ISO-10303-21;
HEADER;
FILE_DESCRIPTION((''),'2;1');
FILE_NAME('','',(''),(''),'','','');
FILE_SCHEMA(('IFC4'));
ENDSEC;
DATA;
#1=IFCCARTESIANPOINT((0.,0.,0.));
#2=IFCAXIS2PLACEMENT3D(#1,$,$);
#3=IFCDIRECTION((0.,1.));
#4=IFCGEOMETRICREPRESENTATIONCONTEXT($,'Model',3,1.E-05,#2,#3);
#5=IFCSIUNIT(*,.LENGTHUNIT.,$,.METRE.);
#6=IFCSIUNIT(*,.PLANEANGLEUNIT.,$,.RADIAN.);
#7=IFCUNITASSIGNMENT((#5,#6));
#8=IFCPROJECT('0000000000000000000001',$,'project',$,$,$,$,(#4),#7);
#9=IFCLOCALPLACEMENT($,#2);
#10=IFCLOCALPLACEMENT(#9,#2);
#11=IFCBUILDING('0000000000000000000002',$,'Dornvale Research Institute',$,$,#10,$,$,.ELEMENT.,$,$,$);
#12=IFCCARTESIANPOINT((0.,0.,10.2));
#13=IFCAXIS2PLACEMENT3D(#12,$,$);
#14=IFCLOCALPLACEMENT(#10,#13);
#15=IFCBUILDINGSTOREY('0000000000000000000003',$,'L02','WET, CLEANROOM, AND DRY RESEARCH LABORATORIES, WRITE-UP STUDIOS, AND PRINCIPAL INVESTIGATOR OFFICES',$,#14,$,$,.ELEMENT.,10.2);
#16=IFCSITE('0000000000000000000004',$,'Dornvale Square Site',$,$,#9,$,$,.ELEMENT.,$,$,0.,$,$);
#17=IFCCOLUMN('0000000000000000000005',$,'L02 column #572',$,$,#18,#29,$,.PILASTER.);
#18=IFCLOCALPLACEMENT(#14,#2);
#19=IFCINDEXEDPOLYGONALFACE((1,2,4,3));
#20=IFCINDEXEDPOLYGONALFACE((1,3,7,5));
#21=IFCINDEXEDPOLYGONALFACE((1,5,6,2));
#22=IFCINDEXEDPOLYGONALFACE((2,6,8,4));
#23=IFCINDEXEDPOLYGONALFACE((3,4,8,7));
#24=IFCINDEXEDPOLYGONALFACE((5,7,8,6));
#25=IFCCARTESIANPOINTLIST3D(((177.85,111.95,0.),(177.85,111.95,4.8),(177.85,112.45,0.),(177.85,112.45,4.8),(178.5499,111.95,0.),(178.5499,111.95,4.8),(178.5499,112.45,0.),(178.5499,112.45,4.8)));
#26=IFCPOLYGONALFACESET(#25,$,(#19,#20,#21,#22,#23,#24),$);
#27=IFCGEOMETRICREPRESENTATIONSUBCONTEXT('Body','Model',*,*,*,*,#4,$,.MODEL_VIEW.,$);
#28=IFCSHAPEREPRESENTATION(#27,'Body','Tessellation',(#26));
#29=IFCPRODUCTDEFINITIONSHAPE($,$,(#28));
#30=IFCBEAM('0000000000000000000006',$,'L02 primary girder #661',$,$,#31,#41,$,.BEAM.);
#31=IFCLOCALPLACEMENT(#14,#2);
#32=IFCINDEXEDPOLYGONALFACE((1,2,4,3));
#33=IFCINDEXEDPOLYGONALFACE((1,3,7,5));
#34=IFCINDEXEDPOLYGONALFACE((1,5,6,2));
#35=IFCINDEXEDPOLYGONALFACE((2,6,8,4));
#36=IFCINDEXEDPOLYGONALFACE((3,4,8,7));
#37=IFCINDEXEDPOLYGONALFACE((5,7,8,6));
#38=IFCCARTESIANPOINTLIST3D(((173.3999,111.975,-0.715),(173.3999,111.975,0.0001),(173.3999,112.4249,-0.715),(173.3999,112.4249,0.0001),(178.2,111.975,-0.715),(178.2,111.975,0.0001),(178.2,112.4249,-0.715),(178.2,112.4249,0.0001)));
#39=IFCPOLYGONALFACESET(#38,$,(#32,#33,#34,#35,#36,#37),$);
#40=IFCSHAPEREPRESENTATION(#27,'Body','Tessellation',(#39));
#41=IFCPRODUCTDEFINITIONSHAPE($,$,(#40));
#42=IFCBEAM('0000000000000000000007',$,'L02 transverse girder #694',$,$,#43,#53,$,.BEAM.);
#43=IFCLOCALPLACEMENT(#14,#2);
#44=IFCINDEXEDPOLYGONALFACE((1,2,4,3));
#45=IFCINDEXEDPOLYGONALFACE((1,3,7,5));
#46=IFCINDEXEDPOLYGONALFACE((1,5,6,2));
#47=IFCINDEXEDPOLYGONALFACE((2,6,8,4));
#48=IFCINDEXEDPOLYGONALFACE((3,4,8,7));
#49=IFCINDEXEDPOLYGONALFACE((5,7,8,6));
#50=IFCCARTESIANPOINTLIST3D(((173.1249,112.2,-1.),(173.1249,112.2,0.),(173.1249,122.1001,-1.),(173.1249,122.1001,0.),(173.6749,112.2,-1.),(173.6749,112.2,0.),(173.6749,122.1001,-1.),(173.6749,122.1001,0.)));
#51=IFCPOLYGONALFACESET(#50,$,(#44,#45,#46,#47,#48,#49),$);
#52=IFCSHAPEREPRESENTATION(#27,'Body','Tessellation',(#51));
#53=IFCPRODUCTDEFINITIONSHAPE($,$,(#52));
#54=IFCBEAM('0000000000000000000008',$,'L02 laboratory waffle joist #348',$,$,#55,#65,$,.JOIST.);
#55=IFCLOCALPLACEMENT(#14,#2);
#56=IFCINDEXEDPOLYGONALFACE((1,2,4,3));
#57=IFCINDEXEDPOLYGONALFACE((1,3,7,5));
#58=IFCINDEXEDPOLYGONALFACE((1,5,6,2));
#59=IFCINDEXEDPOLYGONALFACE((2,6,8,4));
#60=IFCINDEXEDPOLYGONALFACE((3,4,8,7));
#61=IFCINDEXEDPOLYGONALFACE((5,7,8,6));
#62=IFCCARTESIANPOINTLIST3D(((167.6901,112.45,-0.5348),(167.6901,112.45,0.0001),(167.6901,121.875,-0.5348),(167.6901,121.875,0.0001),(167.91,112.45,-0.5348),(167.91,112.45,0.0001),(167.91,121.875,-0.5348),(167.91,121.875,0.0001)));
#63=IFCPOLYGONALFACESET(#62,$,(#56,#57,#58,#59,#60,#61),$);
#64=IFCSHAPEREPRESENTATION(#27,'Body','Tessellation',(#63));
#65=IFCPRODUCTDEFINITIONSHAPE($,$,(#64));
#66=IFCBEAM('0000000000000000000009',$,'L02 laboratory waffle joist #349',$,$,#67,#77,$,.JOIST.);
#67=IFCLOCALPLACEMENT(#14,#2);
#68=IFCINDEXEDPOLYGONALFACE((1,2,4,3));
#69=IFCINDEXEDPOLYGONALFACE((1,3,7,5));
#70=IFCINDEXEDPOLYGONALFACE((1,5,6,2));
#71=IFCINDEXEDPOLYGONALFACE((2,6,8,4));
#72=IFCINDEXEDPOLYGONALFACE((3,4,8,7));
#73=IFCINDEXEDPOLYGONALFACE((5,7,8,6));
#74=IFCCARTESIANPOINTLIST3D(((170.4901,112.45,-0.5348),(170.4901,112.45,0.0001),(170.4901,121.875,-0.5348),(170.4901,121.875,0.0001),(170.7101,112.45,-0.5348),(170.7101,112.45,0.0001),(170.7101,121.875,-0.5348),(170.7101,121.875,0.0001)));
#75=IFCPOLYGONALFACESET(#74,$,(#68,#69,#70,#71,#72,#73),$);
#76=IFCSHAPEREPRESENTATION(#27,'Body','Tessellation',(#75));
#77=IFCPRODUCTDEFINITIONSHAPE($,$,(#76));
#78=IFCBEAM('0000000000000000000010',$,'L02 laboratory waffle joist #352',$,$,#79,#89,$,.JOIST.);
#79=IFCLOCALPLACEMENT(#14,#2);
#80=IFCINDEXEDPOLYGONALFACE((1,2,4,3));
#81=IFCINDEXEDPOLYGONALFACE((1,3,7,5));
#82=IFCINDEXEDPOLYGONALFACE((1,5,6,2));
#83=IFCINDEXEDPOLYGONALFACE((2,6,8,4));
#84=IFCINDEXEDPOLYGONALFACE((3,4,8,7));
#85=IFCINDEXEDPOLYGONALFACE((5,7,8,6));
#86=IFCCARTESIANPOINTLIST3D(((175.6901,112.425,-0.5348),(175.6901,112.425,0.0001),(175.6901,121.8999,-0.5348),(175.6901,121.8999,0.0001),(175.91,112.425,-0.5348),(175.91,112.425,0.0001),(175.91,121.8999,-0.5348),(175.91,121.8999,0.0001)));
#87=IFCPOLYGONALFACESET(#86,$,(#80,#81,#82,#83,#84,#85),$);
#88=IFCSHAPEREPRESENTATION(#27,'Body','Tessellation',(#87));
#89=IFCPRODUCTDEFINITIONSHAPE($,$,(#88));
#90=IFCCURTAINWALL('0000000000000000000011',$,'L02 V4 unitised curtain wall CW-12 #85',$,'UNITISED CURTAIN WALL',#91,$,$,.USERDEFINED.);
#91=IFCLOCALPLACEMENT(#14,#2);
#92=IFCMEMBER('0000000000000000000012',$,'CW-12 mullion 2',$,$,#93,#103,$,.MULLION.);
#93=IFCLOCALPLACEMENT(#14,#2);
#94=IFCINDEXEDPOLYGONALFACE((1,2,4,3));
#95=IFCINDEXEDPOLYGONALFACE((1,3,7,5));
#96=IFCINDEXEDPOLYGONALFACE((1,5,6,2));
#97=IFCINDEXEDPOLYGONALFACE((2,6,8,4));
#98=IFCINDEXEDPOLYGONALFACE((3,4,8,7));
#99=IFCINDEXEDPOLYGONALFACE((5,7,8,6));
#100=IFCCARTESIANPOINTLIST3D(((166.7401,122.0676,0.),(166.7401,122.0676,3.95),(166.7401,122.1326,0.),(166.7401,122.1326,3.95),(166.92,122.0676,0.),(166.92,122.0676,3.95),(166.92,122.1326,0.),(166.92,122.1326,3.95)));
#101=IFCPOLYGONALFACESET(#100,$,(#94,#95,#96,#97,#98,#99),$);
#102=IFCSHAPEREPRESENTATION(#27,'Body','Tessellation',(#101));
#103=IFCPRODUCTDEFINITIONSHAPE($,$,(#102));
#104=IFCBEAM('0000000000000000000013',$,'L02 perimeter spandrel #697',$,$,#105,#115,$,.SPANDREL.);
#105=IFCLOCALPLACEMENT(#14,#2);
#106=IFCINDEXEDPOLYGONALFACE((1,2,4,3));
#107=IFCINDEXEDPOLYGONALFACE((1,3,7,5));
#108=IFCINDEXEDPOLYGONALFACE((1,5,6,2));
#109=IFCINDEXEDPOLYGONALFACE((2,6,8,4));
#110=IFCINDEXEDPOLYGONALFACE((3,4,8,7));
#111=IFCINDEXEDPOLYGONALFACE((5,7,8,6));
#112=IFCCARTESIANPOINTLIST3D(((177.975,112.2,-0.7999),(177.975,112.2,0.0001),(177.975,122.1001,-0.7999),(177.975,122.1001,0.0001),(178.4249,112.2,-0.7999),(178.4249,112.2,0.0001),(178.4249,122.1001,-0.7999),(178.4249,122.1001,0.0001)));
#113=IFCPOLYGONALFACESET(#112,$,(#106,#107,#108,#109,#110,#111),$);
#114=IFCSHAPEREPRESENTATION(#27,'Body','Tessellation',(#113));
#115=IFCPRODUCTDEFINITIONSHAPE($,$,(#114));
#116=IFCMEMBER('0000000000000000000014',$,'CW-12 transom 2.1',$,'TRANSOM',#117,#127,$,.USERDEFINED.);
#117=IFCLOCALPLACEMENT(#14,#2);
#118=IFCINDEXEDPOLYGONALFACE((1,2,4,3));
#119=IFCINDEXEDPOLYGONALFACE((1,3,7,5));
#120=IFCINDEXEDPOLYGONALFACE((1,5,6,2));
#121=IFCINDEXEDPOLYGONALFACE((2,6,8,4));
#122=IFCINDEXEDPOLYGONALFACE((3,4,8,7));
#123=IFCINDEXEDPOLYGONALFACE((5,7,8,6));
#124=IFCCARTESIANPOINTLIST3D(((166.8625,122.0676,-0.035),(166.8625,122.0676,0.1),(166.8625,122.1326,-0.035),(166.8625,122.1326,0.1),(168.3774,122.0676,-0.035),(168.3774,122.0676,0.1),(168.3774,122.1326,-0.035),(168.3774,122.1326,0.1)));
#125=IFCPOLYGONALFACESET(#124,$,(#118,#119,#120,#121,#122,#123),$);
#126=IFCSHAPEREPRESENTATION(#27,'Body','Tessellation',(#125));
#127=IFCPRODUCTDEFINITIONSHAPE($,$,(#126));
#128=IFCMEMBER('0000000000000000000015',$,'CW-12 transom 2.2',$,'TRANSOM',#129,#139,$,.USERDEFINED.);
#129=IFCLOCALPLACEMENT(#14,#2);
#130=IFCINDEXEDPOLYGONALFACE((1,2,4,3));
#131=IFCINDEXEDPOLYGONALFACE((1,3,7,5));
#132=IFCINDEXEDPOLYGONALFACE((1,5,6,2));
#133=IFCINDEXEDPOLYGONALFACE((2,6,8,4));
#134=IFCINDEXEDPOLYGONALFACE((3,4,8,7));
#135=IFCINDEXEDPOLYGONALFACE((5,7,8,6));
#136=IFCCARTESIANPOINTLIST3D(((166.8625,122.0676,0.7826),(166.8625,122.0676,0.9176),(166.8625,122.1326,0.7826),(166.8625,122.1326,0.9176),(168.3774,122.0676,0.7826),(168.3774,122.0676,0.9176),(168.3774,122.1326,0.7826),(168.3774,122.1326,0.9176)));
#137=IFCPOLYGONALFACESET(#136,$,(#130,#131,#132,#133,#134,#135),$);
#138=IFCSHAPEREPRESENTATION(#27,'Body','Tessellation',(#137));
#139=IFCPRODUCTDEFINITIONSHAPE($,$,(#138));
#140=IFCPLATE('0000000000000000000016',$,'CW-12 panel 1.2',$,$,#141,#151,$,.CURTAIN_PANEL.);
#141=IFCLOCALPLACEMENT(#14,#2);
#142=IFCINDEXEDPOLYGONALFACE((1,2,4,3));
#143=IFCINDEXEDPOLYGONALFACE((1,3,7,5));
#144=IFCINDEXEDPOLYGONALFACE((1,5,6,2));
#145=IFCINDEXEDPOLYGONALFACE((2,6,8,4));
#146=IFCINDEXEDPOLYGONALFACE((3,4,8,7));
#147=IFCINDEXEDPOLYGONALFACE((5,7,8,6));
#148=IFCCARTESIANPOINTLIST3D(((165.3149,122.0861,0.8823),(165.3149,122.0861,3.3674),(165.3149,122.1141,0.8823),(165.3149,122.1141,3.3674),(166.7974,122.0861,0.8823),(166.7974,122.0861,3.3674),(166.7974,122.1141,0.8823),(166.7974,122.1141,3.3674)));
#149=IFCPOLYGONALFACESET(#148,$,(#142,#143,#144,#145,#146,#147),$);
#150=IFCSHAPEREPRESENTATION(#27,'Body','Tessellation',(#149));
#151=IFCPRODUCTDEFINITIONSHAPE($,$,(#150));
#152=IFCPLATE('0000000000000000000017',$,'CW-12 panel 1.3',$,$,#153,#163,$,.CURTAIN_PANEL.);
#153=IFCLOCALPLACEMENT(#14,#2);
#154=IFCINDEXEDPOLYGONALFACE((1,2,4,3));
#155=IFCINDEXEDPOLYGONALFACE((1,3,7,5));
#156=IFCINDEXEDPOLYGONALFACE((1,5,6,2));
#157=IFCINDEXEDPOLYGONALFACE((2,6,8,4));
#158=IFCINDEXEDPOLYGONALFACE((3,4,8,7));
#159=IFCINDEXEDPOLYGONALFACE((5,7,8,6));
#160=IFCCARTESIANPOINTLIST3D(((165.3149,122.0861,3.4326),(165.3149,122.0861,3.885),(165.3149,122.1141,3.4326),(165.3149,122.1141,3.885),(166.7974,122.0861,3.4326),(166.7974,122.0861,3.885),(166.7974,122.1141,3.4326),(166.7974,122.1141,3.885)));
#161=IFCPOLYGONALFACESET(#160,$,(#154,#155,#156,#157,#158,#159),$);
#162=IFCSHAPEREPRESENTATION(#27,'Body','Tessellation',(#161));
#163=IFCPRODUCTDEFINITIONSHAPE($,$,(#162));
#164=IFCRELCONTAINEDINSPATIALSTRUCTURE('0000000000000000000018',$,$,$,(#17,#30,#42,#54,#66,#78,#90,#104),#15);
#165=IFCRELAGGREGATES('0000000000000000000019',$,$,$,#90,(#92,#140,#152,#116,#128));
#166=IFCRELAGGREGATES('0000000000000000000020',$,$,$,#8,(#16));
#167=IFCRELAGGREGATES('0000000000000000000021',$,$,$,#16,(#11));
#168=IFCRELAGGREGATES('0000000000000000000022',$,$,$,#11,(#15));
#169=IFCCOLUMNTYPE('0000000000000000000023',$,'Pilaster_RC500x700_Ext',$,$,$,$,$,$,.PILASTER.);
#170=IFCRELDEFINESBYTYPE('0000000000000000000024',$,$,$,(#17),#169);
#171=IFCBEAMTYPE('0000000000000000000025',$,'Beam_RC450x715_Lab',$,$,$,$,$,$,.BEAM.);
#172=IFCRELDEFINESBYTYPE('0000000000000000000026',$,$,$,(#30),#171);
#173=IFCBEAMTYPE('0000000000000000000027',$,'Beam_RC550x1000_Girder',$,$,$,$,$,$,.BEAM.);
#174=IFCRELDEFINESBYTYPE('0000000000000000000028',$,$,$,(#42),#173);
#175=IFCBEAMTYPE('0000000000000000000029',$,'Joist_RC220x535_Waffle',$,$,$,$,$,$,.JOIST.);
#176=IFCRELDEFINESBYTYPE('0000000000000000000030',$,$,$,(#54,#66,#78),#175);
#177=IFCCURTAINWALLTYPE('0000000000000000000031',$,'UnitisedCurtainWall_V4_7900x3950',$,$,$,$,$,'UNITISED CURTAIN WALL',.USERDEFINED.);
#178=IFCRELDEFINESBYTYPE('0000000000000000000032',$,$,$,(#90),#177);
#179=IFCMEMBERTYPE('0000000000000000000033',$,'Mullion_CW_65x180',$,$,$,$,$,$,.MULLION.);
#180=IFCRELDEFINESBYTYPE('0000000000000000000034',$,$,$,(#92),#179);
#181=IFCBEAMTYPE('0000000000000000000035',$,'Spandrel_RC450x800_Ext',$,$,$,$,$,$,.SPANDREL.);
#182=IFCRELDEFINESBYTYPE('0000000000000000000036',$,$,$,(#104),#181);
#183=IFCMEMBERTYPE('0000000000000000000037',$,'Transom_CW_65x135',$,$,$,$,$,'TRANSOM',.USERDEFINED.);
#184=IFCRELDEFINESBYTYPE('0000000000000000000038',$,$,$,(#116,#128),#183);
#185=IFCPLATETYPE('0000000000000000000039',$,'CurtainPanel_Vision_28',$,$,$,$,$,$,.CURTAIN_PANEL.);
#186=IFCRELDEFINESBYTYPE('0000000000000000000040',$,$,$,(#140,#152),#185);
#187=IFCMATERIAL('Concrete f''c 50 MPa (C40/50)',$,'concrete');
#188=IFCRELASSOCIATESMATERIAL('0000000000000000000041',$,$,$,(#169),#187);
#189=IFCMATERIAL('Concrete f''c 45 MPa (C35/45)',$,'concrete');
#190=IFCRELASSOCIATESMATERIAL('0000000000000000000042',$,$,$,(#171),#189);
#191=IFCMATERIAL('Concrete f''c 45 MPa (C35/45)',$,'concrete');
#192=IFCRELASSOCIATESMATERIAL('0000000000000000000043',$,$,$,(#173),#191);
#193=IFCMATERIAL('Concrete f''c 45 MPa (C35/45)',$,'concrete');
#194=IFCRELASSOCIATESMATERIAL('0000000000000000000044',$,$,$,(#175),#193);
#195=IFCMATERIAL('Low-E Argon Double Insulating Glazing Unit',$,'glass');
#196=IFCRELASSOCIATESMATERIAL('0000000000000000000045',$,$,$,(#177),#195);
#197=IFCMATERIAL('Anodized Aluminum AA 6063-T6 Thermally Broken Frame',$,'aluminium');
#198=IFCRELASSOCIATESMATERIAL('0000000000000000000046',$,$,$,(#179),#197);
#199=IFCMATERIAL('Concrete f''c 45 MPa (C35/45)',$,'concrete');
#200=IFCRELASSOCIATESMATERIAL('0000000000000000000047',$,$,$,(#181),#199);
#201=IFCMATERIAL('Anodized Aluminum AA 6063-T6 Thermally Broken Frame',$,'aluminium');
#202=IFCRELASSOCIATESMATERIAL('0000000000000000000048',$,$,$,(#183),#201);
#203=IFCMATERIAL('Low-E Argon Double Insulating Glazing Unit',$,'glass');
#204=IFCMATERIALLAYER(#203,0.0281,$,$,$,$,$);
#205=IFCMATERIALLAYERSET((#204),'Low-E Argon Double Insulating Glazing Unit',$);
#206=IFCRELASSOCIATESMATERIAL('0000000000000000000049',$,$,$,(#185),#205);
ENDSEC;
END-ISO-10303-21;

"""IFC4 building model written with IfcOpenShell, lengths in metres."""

from ifc_helpers import new_model, si_unit, direction, frame, origin, origin_2d, place, context, subcontext, project, spatial, rectangle, extrude, material, layer, layer_set, material_profile, profile_set, type_object, element, aggregate, save


model = new_model("IFC4")

# Units and contexts
model_context = context("Model", 3, precision=1e-05, world=origin(), true_north=direction((0.0, 1.0)))
body_context = subcontext(model_context, "Body", "Model", "MODEL_VIEW")
ifc_project = project(units=[si_unit("LENGTHUNIT", "METRE"), si_unit("PLANEANGLEUNIT", "RADIAN")], contexts=[model_context])

# Site, building, storey
site_placement = place(None, origin())
site = spatial("IfcSite", under=ifc_project, at=site_placement, Name="Dornvale Square Site", CompositionType="ELEMENT", RefElevation=0.0)
building_placement = place(site_placement, origin())
building = spatial("IfcBuilding", under=site, at=building_placement, Name="Dornvale Research Institute", CompositionType="ELEMENT")
storey_placement = place(building_placement, frame((0.0, 0.0, 10.2)))
storey = spatial("IfcBuildingStorey", under=building, at=storey_placement, Name="L02", Description="WET, CLEANROOM, AND DRY RESEARCH LABORATORIES, WRITE-UP STUDIOS, AND PRINCIPAL INVESTIGATOR OFFICES", CompositionType="ELEMENT", Elevation=10.2)

# Column
ifc_material_1 = material(Name="Concrete f'c 50 MPa (C40/50)", Category="concrete")
ifc_material_profile_1 = material_profile(ifc_material_1, rectangle(XDim=0.5, YDim=0.7, at=origin_2d()), Name="RC 500x700")
ifc_profile_set_1 = profile_set([ifc_material_profile_1], Name="Concrete f'c 50 MPa (C40/50)")
column_type = type_object("IfcColumnType", Name="Pilaster_RC500x700_Ext", PredefinedType="PILASTER", material=ifc_profile_set_1)
column_placement = place(storey_placement, frame((178.2, 112.2, 0.0), z_axis=(0.0, 0.0, 1.0), x_axis=(0.0, 1.0, 0.0)))
element("IfcColumn", 1, at=column_placement, inside=storey, type_object=column_type, Name="L02 column #572", PredefinedType="PILASTER", context=body_context, shape_type="SweptSolid", body=[
    extrude(rectangle(XDim=0.5, YDim=0.7, at=origin_2d()), origin(), (0.0, 0.0, 1.0), 4.8),
])

# Beams
ifc_material_2 = material(Name="Concrete f'c 45 MPa (C35/45)", Category="concrete")
ifc_material_profile_2 = material_profile(ifc_material_2, rectangle(XDim=0.45, YDim=0.7151, at=origin_2d()), Name="RC 450x715")
ifc_profile_set_2 = profile_set([ifc_material_profile_2], Name="Concrete f'c 45 MPa (C35/45)")
beam_type_1 = type_object("IfcBeamType", Name="Beam_RC450x715_Lab", PredefinedType="BEAM", material=ifc_profile_set_2)
beam_1_placement = place(storey_placement, frame((173.3999, 112.2, -0.3574), z_axis=(1.0, 0.0, 0.0), x_axis=(0.0, 1.0, 0.0)))
element("IfcBeam", 2, at=beam_1_placement, inside=storey, type_object=beam_type_1, Name="L02 primary girder #661", PredefinedType="BEAM", context=body_context, shape_type="SweptSolid", body=[
    extrude(rectangle(XDim=0.45, YDim=0.7151, at=origin_2d()), origin(), (0.0, 0.0, 1.0), 4.8),
])
ifc_material_3 = material(Name="Concrete f'c 45 MPa (C35/45)", Category="concrete")
ifc_material_profile_3 = material_profile(ifc_material_3, rectangle(XDim=0.55, YDim=1.0, at=origin_2d()), Name="RC 550x1000")
ifc_profile_set_3 = profile_set([ifc_material_profile_3], Name="Concrete f'c 45 MPa (C35/45)")
beam_type_2 = type_object("IfcBeamType", Name="Beam_RC550x1000_Girder", PredefinedType="BEAM", material=ifc_profile_set_3)
beam_2_placement = place(storey_placement, frame((173.3999, 112.2, -0.5), z_axis=(0.0, 1.0, 0.0), x_axis=(-1.0, 0.0, 0.0)))
element("IfcBeam", 3, at=beam_2_placement, inside=storey, type_object=beam_type_2, Name="L02 transverse girder #694", PredefinedType="BEAM", context=body_context, shape_type="SweptSolid", body=[
    extrude(rectangle(XDim=0.55, YDim=1.0, at=origin_2d()), origin(), (0.0, 0.0, 1.0), 9.9001),
])
ifc_material_4 = material(Name="Concrete f'c 45 MPa (C35/45)", Category="concrete")
ifc_material_profile_4 = material_profile(ifc_material_4, rectangle(XDim=0.22, YDim=0.5349, at=origin_2d()), Name="RC 220x535")
ifc_profile_set_4 = profile_set([ifc_material_profile_4], Name="Concrete f'c 45 MPa (C35/45)")
beam_type_3 = type_object("IfcBeamType", Name="Joist_RC220x535_Waffle", PredefinedType="JOIST", material=ifc_profile_set_4)
for number, where, z_axis, x_axis, name in (
    (4, (167.8, 112.45, -0.2673), (0.0, 1.0, 0.0), (-1.0, 0.0, 0.0), "L02 laboratory waffle joist #348"),
    (5, (170.6001, 112.45, -0.2673), (0.0, 1.0, 0.0), (-1.0, 0.0, 0.0), "L02 laboratory waffle joist #349"),
):
    element("IfcBeam", number, at=place(storey_placement, frame(where, z_axis=z_axis, x_axis=x_axis)), inside=storey, type_object=beam_type_3, Name=name, PredefinedType="JOIST", context=body_context, shape_type="SweptSolid", body=[
        extrude(rectangle(XDim=0.22, YDim=0.5349, at=origin_2d()), origin(), (0.0, 0.0, 1.0), 9.425),
    ])
beam_3_placement = place(storey_placement, frame((175.8, 112.425, -0.2673), z_axis=(0.0, 1.0, 0.0), x_axis=(-1.0, 0.0, 0.0)))
element("IfcBeam", 6, at=beam_3_placement, inside=storey, type_object=beam_type_3, Name="L02 laboratory waffle joist #352", PredefinedType="JOIST", context=body_context, shape_type="SweptSolid", body=[
    extrude(rectangle(XDim=0.22, YDim=0.5349, at=origin_2d()), origin(), (0.0, 0.0, 1.0), 9.4749),
])

# Curtain wall, member
ifc_material_5 = material(Name="Low-E Argon Double Insulating Glazing Unit", Category="glass")
curtain_wall_type = type_object("IfcCurtainWallType", Name="UnitisedCurtainWall_V4_7900x3950", ElementType="UNITISED CURTAIN WALL", PredefinedType="USERDEFINED", material=ifc_material_5)
curtain_wall_placement = place(storey_placement, origin())
curtain_wall = element("IfcCurtainWall", 7, at=curtain_wall_placement, inside=storey, type_object=curtain_wall_type, Name="L02 V4 unitised curtain wall CW-12 #85", ObjectType="UNITISED CURTAIN WALL", PredefinedType="USERDEFINED")
ifc_material_6 = material(Name="Anodized Aluminum AA 6063-T6 Thermally Broken Frame", Category="aluminium")
ifc_material_profile_5 = material_profile(ifc_material_6, rectangle(XDim=0.0649, YDim=0.1799, at=origin_2d()), Name="ALU MULLION 65x180")
ifc_profile_set_5 = profile_set([ifc_material_profile_5], Name="Anodized Aluminum AA 6063-T6 Thermally Broken Frame")
member_type_1 = type_object("IfcMemberType", Name="Mullion_CW_65x180", PredefinedType="MULLION", material=ifc_profile_set_5)
member_1_placement = place(storey_placement, frame((166.8301, 122.1001, 0.0), z_axis=(0.0, 0.0, 1.0), x_axis=(0.0, 1.0, 0.0)))
member_1 = element("IfcMember", 8, at=member_1_placement, type_object=member_type_1, Name="CW-12 mullion 2", PredefinedType="MULLION", context=body_context, shape_type="SweptSolid", body=[
    extrude(rectangle(XDim=0.0649, YDim=0.1799, at=origin_2d()), origin(), (0.0, 0.0, 1.0), 3.95),
])

# Beam
ifc_material_7 = material(Name="Concrete f'c 45 MPa (C35/45)", Category="concrete")
ifc_material_profile_6 = material_profile(ifc_material_7, rectangle(XDim=0.45, YDim=0.8, at=origin_2d()), Name="RC 450x800")
ifc_profile_set_6 = profile_set([ifc_material_profile_6], Name="Concrete f'c 45 MPa (C35/45)")
beam_type_4 = type_object("IfcBeamType", Name="Spandrel_RC450x800_Ext", PredefinedType="SPANDREL", material=ifc_profile_set_6)
beam_4_placement = place(storey_placement, frame((178.2, 112.2, -0.3999), z_axis=(0.0, 1.0, 0.0), x_axis=(-1.0, 0.0, 0.0)))
element("IfcBeam", 9, at=beam_4_placement, inside=storey, type_object=beam_type_4, Name="L02 perimeter spandrel #697", PredefinedType="SPANDREL", context=body_context, shape_type="SweptSolid", body=[
    extrude(rectangle(XDim=0.45, YDim=0.8, at=origin_2d()), origin(), (0.0, 0.0, 1.0), 9.9001),
])

# Members
ifc_material_8 = material(Name="Anodized Aluminum AA 6063-T6 Thermally Broken Frame", Category="aluminium")
ifc_material_profile_7 = material_profile(ifc_material_8, rectangle(XDim=0.0649, YDim=0.135, at=origin_2d()), Name="ALU TRANSOM 65x135")
ifc_profile_set_7 = profile_set([ifc_material_profile_7], Name="Anodized Aluminum AA 6063-T6 Thermally Broken Frame")
member_type_2 = type_object("IfcMemberType", Name="Transom_CW_65x135", ElementType="TRANSOM", PredefinedType="USERDEFINED", material=ifc_profile_set_7)
member_2_placement = place(storey_placement, frame((166.8625, 122.1001, 0.0325), z_axis=(1.0, 0.0, 0.0), x_axis=(0.0, 1.0, 0.0)))
member_2 = element("IfcMember", 10, at=member_2_placement, type_object=member_type_2, Name="CW-12 transom 2.1", ObjectType="TRANSOM", PredefinedType="USERDEFINED", context=body_context, shape_type="SweptSolid", body=[
    extrude(rectangle(XDim=0.0649, YDim=0.135, at=origin_2d()), origin(), (0.0, 0.0, 1.0), 1.5149),
])
member_3_placement = place(storey_placement, frame((166.8625, 122.1001, 0.8501), z_axis=(1.0, 0.0, 0.0), x_axis=(0.0, 1.0, 0.0)))
member_3 = element("IfcMember", 11, at=member_3_placement, type_object=member_type_2, Name="CW-12 transom 2.2", ObjectType="TRANSOM", PredefinedType="USERDEFINED", context=body_context, shape_type="SweptSolid", body=[
    extrude(rectangle(XDim=0.0649, YDim=0.135, at=origin_2d()), origin(), (0.0, 0.0, 1.0), 1.5149),
])

# Plates
ifc_material_9 = material(Name="Low-E Argon Double Insulating Glazing Unit", Category="glass")
ifc_layer_1 = layer(ifc_material_9, 0.0281)
ifc_layer_set_1 = layer_set([ifc_layer_1], Name="Low-E Argon Double Insulating Glazing Unit")
plate_type = type_object("IfcPlateType", Name="CurtainPanel_Vision_28", PredefinedType="CURTAIN_PANEL", material=ifc_layer_set_1)
plate_1_placement = place(storey_placement, frame((166.0562, 122.1001, 0.8823), z_axis=(0.0, 0.0, 1.0), x_axis=(1.0, 0.0, 0.0)))
plate_1 = element("IfcPlate", 12, at=plate_1_placement, type_object=plate_type, Name="CW-12 panel 1.2", PredefinedType="CURTAIN_PANEL", context=body_context, shape_type="SweptSolid", body=[
    extrude(rectangle(XDim=1.4824, YDim=0.0281, at=origin_2d()), origin(), (0.0, 0.0, 1.0), 2.4851),
])
plate_2_placement = place(storey_placement, frame((166.0562, 122.1001, 3.4326), z_axis=(0.0, 0.0, 1.0), x_axis=(1.0, 0.0, 0.0)))
plate_2 = element("IfcPlate", 13, at=plate_2_placement, type_object=plate_type, Name="CW-12 panel 1.3", PredefinedType="CURTAIN_PANEL", context=body_context, shape_type="SweptSolid", body=[
    extrude(rectangle(XDim=1.4824, YDim=0.0281, at=origin_2d()), origin(), (0.0, 0.0, 1.0), 0.4524),
])
aggregate(curtain_wall, [member_1, plate_1, plate_2, member_2, member_3])

save(model, "model.ifc")
